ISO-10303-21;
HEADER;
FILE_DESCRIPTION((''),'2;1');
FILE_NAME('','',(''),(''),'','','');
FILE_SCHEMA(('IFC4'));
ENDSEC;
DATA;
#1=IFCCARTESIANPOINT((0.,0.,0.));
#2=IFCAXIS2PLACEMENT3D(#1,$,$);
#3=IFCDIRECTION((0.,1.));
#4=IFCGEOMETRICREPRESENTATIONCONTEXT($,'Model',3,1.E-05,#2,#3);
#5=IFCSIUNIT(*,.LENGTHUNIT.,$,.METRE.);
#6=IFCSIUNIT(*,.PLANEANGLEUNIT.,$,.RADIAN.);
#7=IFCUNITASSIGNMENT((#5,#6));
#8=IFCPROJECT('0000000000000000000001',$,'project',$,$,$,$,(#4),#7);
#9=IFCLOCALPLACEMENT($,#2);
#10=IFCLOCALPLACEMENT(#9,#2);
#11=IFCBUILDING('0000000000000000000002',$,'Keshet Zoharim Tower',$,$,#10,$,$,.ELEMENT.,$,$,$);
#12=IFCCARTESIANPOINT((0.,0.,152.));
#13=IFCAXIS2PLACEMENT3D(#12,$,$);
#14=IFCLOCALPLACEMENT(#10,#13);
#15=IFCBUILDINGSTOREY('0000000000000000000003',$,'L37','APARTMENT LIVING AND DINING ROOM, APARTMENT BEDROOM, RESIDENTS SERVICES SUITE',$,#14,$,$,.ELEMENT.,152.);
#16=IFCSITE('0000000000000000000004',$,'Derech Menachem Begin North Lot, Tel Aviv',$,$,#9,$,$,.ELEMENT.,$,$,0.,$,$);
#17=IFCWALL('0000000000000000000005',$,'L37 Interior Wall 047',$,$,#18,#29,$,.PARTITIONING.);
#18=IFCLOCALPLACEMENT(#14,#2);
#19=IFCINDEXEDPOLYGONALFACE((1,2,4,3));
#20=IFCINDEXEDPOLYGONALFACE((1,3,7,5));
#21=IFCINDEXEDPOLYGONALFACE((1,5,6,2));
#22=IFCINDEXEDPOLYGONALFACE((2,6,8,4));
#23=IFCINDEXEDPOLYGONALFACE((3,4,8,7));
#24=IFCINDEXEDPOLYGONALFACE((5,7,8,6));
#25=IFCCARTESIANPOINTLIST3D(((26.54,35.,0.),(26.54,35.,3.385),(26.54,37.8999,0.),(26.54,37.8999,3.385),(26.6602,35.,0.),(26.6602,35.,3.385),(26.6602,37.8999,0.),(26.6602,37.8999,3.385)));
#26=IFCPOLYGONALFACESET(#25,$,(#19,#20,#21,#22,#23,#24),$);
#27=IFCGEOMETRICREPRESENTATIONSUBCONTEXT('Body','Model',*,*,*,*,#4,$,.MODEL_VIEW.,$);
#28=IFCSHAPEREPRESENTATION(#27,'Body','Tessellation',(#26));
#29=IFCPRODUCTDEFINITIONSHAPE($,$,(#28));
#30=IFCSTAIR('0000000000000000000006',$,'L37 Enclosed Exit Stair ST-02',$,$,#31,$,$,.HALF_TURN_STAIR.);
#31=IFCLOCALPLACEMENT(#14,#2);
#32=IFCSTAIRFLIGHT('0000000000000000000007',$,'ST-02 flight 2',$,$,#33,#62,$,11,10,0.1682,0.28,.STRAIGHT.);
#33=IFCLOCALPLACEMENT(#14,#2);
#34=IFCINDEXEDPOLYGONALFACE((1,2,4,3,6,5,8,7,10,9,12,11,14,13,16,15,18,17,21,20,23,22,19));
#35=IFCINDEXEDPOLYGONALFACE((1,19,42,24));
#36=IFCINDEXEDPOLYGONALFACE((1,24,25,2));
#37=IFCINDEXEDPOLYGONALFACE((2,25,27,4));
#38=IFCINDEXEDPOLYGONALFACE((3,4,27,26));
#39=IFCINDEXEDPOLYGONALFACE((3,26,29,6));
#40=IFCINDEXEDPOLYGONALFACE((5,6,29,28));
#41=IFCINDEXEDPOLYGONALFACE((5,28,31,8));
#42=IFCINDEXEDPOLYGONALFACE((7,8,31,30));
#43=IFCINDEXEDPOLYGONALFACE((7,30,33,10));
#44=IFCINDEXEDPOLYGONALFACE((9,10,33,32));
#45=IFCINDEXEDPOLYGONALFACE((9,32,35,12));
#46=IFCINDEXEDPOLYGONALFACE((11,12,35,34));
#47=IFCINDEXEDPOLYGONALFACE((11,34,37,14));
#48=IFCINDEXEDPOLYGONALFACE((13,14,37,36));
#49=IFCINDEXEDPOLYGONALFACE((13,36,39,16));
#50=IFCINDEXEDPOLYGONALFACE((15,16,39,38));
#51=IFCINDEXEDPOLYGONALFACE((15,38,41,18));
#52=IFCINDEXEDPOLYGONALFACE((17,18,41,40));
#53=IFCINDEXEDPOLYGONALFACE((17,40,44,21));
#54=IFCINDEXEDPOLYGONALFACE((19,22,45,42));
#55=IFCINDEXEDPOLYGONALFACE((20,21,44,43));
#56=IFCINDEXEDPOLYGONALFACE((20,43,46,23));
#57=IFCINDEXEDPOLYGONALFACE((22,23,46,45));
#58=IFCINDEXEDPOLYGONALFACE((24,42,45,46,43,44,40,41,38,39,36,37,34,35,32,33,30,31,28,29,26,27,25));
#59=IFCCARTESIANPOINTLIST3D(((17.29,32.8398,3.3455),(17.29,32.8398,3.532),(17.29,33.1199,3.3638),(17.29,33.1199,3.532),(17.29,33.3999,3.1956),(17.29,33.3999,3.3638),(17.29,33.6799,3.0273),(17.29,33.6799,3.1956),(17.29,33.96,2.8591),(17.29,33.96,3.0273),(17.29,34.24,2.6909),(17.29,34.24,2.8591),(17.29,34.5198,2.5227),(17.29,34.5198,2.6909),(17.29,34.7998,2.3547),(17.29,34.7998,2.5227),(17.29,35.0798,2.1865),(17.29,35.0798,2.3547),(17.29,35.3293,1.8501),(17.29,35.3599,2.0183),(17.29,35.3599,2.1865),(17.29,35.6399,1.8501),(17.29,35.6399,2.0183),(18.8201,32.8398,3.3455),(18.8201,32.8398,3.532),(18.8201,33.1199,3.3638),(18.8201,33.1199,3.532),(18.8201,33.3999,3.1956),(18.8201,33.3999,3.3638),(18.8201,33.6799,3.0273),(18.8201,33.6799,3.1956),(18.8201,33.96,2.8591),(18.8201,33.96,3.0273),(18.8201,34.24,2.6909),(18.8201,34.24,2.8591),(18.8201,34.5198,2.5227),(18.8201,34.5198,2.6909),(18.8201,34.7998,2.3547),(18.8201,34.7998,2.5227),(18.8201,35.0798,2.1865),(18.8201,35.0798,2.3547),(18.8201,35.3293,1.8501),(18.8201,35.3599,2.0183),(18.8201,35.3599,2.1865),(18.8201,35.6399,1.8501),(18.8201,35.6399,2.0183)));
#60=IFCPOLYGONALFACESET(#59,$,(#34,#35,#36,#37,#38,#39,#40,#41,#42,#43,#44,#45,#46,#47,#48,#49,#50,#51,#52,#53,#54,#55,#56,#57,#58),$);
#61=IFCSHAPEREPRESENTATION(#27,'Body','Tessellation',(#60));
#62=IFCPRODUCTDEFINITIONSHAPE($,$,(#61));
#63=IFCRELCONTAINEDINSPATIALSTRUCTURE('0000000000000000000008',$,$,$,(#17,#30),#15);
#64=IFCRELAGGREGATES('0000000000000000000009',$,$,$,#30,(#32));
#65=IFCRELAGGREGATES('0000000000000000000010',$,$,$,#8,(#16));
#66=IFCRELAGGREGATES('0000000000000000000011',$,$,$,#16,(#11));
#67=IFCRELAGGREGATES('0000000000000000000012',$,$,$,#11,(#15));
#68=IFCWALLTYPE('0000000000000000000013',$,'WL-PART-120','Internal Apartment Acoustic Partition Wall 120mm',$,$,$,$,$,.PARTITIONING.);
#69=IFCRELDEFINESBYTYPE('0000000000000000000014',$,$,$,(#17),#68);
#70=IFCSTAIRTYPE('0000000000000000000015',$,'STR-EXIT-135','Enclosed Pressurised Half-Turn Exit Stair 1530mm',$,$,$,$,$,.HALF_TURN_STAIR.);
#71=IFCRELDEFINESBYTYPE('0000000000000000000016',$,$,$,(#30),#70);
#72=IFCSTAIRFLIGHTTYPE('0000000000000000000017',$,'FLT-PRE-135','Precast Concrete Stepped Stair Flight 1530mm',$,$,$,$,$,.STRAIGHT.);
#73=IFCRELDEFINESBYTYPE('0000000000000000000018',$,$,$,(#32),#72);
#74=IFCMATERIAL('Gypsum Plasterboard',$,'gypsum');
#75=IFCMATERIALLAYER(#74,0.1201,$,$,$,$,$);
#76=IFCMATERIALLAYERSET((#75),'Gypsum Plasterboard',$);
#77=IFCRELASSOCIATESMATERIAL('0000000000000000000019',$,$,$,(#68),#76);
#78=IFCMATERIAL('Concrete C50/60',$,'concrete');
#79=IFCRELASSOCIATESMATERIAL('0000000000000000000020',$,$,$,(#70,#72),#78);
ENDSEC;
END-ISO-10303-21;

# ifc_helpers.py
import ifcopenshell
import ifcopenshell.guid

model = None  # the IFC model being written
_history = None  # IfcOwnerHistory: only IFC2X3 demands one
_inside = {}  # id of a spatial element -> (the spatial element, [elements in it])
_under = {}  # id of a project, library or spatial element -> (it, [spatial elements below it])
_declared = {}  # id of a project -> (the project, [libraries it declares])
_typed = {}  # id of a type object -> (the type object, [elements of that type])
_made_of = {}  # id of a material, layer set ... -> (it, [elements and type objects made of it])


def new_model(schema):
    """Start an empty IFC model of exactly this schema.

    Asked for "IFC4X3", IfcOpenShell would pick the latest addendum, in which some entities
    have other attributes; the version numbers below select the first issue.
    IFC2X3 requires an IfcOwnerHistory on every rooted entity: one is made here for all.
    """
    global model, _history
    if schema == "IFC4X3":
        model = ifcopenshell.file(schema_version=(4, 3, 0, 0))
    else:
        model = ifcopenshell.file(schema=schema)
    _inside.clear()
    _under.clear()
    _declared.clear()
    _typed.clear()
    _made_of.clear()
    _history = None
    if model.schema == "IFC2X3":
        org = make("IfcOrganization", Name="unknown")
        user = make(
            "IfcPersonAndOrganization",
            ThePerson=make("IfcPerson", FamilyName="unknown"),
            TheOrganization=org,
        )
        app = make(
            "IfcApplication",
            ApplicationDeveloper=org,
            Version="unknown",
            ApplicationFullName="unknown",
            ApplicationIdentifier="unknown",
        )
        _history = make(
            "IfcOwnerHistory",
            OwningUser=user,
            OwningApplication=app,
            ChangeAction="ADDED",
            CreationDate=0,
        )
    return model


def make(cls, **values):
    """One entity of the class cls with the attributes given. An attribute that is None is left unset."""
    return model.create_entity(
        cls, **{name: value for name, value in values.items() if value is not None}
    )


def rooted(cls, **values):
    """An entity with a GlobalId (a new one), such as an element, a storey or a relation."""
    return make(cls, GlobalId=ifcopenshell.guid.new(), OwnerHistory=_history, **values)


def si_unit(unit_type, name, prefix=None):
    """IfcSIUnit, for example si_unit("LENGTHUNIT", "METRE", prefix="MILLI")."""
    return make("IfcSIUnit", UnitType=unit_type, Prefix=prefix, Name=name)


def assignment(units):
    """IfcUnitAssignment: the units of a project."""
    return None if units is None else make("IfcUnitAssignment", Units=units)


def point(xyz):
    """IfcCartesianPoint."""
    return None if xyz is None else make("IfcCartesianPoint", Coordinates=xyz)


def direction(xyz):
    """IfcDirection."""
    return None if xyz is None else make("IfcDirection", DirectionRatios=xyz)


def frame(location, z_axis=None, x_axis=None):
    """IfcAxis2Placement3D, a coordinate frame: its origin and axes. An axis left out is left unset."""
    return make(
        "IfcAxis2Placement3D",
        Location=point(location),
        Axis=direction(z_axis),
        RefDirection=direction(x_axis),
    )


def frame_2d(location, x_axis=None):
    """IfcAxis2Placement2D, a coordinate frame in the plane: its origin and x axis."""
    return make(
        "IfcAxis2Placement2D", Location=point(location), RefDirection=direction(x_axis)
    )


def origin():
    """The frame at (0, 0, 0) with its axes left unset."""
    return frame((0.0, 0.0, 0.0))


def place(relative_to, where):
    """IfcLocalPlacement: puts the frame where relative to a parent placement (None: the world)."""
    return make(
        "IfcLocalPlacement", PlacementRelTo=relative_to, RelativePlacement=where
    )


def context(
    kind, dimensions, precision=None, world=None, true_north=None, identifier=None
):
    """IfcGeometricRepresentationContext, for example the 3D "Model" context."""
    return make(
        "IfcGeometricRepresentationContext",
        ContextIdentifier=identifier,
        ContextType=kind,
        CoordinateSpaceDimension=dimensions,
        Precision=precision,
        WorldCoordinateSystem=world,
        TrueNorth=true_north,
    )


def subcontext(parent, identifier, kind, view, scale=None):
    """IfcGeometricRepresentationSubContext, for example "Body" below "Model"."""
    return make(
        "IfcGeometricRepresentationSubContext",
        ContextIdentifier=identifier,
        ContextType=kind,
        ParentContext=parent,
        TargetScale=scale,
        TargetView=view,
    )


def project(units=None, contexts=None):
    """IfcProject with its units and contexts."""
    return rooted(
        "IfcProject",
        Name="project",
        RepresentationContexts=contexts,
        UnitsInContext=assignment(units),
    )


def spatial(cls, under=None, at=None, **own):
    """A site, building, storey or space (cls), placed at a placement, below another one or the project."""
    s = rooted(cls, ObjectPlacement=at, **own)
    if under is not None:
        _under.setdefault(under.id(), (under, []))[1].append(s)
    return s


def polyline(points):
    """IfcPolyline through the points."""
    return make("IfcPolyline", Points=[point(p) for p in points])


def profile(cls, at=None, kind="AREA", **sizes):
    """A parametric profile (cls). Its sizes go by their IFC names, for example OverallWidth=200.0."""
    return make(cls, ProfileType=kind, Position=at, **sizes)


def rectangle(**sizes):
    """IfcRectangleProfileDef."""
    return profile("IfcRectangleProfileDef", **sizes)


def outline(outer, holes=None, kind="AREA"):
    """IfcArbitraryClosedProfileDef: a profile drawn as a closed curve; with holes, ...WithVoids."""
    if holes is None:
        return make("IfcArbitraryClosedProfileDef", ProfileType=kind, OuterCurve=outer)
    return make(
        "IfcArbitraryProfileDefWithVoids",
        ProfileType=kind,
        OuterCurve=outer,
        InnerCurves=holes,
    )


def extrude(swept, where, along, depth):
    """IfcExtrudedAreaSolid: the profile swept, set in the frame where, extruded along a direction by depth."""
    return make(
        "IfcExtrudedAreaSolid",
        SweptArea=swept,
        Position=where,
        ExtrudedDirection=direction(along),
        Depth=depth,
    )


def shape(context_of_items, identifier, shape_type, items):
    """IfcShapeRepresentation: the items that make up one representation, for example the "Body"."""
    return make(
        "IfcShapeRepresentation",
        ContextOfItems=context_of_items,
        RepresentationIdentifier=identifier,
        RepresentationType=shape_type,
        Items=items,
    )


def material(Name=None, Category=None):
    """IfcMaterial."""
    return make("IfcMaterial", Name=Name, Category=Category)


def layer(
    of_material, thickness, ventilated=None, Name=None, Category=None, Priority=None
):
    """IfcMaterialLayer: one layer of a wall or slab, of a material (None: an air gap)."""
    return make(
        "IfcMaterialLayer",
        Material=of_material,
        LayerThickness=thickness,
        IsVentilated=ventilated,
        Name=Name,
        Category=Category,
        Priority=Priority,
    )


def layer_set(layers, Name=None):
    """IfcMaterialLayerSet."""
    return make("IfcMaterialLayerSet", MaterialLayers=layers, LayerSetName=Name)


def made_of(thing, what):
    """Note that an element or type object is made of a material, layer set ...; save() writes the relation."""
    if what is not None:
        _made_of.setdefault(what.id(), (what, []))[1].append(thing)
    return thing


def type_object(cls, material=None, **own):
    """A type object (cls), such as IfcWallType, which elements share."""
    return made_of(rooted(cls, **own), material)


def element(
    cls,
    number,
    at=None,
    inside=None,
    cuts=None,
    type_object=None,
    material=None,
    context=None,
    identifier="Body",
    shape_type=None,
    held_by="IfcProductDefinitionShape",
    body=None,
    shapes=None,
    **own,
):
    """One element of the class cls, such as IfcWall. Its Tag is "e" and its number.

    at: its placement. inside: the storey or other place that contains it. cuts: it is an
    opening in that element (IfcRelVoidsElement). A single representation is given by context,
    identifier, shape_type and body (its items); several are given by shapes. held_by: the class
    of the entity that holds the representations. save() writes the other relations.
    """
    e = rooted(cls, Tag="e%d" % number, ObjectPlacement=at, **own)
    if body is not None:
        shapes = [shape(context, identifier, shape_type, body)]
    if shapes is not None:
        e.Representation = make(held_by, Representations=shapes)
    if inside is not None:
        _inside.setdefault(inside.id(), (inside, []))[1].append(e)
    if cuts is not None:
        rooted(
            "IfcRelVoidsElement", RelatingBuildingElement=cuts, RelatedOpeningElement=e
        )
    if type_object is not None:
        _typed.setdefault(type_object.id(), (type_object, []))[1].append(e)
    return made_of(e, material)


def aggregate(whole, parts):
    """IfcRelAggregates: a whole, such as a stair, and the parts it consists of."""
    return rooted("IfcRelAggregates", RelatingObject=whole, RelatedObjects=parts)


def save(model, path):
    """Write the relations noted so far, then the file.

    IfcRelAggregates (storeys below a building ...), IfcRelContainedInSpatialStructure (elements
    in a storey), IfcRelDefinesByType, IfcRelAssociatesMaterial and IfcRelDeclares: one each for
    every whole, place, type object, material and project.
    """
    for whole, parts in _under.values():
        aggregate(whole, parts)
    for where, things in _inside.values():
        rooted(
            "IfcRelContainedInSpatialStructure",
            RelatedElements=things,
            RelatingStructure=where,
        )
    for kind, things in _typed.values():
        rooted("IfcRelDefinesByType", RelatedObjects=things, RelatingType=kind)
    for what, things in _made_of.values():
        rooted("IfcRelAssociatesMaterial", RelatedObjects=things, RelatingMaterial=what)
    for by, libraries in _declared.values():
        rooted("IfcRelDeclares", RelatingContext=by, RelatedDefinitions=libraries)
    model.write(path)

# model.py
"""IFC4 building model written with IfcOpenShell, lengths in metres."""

from ifc_helpers import new_model, si_unit, direction, frame, frame_2d, origin, place, context, subcontext, project, spatial, polyline, rectangle, outline, extrude, material, layer, layer_set, type_object, element, aggregate, save


model = new_model("IFC4")

# Units and contexts
model_context = context("Model", 3, precision=1e-05, world=origin(), true_north=direction((0.0, 1.0)))
body_context = subcontext(model_context, "Body", "Model", "MODEL_VIEW")
ifc_project = project(units=[si_unit("LENGTHUNIT", "METRE"), si_unit("PLANEANGLEUNIT", "RADIAN")], contexts=[model_context])

# Site, building, storey
site_placement = place(None, origin())
site = spatial("IfcSite", under=ifc_project, at=site_placement, Name="Derech Menachem Begin North Lot, Tel Aviv", CompositionType="ELEMENT", RefElevation=0.0)
building_placement = place(site_placement, origin())
building = spatial("IfcBuilding", under=site, at=building_placement, Name="Keshet Zoharim Tower", CompositionType="ELEMENT")
storey_placement = place(building_placement, frame((0.0, 0.0, 152.0)))
storey = spatial("IfcBuildingStorey", under=building, at=storey_placement, Name="L37", Description="APARTMENT LIVING AND DINING ROOM, APARTMENT BEDROOM, RESIDENTS SERVICES SUITE", CompositionType="ELEMENT", Elevation=152.0)

# Wall
ifc_material_1 = material(Name="Concrete C50/60", Category="concrete")
ifc_material_2 = material(Name="Gypsum Plasterboard", Category="gypsum")
ifc_layer_1 = layer(ifc_material_2, 0.1201)
ifc_layer_set_1 = layer_set([ifc_layer_1], Name="Gypsum Plasterboard")
wall_type_1 = type_object("IfcWallType", Name="WL-PART-120", Description="Internal Apartment Acoustic Partition Wall 120mm", PredefinedType="PARTITIONING", material=ifc_layer_set_1)
wall_1_placement = place(storey_placement, frame((26.6001, 35.0, 0.0), z_axis=(0.0, 0.0, 1.0), x_axis=(0.0, 1.0, 0.0)))
element("IfcWall", 1, at=wall_1_placement, inside=storey, type_object=wall_type_1, Name="L37 Interior Wall 047", PredefinedType="PARTITIONING", context=body_context, shape_type="SweptSolid", body=[
    extrude(rectangle(XDim=2.8999, YDim=0.1201, at=frame_2d((1.45, 0.0))), origin(), (0.0, 0.0, 1.0), 3.385),
])

# Stair, stair flight
stair_type = type_object("IfcStairType", Name="STR-EXIT-135", Description="Enclosed Pressurised Half-Turn Exit Stair 1530mm", PredefinedType="HALF_TURN_STAIR", material=ifc_material_1)
stair_placement = place(storey_placement, origin())
stair = element("IfcStair", 2, at=stair_placement, inside=storey, type_object=stair_type, Name="L37 Enclosed Exit Stair ST-02", PredefinedType="HALF_TURN_STAIR")
stair_flight_type = type_object("IfcStairFlightType", Name="FLT-PRE-135", Description="Precast Concrete Stepped Stair Flight 1530mm", PredefinedType="STRAIGHT", material=ifc_material_1)
stair_flight_placement = place(storey_placement, frame((18.0549, 35.6399, 1.8501), z_axis=(0.0, 0.0, 1.0), x_axis=(0.0, -1.0, 0.0)))
stair_flight = element("IfcStairFlight", 3, at=stair_flight_placement, type_object=stair_flight_type, Name="ST-02 flight 2", NumberOfRisers=11, NumberOfTreads=10, PredefinedType="STRAIGHT", RiserHeight=0.1682, TreadLength=0.28, context=body_context, shape_type="SweptSolid", body=[
    extrude(outline(polyline([(0.0, 0.0), (0.0, 0.1682), (0.28, 0.1682), (0.28, 0.3364), (0.5601, 0.3364), (0.5601, 0.5046), (0.8401, 0.5046), (0.8401, 0.6726), (1.1201, 0.6726), (1.1201, 0.8408), (1.3999, 0.8408), (1.3999, 1.009), (1.6799, 1.009), (1.6799, 1.1772), (1.96, 1.1772), (1.96, 1.3455), (2.24, 1.3455), (2.24, 1.5137), (2.52, 1.5137), (2.52, 1.6819), (2.8, 1.6819), (2.8, 1.8501), (2.8, 1.4954), (0.3105, 0.0), (0.0, 0.0)])), frame((0.0, 0.7651, 0.0), z_axis=(0.0, -1.0, 0.0), x_axis=(1.0, 0.0, 0.0)), (0.0, 0.0, 1.0), 1.53),
])
aggregate(stair, [stair_flight])

save(model, "model.ifc")
